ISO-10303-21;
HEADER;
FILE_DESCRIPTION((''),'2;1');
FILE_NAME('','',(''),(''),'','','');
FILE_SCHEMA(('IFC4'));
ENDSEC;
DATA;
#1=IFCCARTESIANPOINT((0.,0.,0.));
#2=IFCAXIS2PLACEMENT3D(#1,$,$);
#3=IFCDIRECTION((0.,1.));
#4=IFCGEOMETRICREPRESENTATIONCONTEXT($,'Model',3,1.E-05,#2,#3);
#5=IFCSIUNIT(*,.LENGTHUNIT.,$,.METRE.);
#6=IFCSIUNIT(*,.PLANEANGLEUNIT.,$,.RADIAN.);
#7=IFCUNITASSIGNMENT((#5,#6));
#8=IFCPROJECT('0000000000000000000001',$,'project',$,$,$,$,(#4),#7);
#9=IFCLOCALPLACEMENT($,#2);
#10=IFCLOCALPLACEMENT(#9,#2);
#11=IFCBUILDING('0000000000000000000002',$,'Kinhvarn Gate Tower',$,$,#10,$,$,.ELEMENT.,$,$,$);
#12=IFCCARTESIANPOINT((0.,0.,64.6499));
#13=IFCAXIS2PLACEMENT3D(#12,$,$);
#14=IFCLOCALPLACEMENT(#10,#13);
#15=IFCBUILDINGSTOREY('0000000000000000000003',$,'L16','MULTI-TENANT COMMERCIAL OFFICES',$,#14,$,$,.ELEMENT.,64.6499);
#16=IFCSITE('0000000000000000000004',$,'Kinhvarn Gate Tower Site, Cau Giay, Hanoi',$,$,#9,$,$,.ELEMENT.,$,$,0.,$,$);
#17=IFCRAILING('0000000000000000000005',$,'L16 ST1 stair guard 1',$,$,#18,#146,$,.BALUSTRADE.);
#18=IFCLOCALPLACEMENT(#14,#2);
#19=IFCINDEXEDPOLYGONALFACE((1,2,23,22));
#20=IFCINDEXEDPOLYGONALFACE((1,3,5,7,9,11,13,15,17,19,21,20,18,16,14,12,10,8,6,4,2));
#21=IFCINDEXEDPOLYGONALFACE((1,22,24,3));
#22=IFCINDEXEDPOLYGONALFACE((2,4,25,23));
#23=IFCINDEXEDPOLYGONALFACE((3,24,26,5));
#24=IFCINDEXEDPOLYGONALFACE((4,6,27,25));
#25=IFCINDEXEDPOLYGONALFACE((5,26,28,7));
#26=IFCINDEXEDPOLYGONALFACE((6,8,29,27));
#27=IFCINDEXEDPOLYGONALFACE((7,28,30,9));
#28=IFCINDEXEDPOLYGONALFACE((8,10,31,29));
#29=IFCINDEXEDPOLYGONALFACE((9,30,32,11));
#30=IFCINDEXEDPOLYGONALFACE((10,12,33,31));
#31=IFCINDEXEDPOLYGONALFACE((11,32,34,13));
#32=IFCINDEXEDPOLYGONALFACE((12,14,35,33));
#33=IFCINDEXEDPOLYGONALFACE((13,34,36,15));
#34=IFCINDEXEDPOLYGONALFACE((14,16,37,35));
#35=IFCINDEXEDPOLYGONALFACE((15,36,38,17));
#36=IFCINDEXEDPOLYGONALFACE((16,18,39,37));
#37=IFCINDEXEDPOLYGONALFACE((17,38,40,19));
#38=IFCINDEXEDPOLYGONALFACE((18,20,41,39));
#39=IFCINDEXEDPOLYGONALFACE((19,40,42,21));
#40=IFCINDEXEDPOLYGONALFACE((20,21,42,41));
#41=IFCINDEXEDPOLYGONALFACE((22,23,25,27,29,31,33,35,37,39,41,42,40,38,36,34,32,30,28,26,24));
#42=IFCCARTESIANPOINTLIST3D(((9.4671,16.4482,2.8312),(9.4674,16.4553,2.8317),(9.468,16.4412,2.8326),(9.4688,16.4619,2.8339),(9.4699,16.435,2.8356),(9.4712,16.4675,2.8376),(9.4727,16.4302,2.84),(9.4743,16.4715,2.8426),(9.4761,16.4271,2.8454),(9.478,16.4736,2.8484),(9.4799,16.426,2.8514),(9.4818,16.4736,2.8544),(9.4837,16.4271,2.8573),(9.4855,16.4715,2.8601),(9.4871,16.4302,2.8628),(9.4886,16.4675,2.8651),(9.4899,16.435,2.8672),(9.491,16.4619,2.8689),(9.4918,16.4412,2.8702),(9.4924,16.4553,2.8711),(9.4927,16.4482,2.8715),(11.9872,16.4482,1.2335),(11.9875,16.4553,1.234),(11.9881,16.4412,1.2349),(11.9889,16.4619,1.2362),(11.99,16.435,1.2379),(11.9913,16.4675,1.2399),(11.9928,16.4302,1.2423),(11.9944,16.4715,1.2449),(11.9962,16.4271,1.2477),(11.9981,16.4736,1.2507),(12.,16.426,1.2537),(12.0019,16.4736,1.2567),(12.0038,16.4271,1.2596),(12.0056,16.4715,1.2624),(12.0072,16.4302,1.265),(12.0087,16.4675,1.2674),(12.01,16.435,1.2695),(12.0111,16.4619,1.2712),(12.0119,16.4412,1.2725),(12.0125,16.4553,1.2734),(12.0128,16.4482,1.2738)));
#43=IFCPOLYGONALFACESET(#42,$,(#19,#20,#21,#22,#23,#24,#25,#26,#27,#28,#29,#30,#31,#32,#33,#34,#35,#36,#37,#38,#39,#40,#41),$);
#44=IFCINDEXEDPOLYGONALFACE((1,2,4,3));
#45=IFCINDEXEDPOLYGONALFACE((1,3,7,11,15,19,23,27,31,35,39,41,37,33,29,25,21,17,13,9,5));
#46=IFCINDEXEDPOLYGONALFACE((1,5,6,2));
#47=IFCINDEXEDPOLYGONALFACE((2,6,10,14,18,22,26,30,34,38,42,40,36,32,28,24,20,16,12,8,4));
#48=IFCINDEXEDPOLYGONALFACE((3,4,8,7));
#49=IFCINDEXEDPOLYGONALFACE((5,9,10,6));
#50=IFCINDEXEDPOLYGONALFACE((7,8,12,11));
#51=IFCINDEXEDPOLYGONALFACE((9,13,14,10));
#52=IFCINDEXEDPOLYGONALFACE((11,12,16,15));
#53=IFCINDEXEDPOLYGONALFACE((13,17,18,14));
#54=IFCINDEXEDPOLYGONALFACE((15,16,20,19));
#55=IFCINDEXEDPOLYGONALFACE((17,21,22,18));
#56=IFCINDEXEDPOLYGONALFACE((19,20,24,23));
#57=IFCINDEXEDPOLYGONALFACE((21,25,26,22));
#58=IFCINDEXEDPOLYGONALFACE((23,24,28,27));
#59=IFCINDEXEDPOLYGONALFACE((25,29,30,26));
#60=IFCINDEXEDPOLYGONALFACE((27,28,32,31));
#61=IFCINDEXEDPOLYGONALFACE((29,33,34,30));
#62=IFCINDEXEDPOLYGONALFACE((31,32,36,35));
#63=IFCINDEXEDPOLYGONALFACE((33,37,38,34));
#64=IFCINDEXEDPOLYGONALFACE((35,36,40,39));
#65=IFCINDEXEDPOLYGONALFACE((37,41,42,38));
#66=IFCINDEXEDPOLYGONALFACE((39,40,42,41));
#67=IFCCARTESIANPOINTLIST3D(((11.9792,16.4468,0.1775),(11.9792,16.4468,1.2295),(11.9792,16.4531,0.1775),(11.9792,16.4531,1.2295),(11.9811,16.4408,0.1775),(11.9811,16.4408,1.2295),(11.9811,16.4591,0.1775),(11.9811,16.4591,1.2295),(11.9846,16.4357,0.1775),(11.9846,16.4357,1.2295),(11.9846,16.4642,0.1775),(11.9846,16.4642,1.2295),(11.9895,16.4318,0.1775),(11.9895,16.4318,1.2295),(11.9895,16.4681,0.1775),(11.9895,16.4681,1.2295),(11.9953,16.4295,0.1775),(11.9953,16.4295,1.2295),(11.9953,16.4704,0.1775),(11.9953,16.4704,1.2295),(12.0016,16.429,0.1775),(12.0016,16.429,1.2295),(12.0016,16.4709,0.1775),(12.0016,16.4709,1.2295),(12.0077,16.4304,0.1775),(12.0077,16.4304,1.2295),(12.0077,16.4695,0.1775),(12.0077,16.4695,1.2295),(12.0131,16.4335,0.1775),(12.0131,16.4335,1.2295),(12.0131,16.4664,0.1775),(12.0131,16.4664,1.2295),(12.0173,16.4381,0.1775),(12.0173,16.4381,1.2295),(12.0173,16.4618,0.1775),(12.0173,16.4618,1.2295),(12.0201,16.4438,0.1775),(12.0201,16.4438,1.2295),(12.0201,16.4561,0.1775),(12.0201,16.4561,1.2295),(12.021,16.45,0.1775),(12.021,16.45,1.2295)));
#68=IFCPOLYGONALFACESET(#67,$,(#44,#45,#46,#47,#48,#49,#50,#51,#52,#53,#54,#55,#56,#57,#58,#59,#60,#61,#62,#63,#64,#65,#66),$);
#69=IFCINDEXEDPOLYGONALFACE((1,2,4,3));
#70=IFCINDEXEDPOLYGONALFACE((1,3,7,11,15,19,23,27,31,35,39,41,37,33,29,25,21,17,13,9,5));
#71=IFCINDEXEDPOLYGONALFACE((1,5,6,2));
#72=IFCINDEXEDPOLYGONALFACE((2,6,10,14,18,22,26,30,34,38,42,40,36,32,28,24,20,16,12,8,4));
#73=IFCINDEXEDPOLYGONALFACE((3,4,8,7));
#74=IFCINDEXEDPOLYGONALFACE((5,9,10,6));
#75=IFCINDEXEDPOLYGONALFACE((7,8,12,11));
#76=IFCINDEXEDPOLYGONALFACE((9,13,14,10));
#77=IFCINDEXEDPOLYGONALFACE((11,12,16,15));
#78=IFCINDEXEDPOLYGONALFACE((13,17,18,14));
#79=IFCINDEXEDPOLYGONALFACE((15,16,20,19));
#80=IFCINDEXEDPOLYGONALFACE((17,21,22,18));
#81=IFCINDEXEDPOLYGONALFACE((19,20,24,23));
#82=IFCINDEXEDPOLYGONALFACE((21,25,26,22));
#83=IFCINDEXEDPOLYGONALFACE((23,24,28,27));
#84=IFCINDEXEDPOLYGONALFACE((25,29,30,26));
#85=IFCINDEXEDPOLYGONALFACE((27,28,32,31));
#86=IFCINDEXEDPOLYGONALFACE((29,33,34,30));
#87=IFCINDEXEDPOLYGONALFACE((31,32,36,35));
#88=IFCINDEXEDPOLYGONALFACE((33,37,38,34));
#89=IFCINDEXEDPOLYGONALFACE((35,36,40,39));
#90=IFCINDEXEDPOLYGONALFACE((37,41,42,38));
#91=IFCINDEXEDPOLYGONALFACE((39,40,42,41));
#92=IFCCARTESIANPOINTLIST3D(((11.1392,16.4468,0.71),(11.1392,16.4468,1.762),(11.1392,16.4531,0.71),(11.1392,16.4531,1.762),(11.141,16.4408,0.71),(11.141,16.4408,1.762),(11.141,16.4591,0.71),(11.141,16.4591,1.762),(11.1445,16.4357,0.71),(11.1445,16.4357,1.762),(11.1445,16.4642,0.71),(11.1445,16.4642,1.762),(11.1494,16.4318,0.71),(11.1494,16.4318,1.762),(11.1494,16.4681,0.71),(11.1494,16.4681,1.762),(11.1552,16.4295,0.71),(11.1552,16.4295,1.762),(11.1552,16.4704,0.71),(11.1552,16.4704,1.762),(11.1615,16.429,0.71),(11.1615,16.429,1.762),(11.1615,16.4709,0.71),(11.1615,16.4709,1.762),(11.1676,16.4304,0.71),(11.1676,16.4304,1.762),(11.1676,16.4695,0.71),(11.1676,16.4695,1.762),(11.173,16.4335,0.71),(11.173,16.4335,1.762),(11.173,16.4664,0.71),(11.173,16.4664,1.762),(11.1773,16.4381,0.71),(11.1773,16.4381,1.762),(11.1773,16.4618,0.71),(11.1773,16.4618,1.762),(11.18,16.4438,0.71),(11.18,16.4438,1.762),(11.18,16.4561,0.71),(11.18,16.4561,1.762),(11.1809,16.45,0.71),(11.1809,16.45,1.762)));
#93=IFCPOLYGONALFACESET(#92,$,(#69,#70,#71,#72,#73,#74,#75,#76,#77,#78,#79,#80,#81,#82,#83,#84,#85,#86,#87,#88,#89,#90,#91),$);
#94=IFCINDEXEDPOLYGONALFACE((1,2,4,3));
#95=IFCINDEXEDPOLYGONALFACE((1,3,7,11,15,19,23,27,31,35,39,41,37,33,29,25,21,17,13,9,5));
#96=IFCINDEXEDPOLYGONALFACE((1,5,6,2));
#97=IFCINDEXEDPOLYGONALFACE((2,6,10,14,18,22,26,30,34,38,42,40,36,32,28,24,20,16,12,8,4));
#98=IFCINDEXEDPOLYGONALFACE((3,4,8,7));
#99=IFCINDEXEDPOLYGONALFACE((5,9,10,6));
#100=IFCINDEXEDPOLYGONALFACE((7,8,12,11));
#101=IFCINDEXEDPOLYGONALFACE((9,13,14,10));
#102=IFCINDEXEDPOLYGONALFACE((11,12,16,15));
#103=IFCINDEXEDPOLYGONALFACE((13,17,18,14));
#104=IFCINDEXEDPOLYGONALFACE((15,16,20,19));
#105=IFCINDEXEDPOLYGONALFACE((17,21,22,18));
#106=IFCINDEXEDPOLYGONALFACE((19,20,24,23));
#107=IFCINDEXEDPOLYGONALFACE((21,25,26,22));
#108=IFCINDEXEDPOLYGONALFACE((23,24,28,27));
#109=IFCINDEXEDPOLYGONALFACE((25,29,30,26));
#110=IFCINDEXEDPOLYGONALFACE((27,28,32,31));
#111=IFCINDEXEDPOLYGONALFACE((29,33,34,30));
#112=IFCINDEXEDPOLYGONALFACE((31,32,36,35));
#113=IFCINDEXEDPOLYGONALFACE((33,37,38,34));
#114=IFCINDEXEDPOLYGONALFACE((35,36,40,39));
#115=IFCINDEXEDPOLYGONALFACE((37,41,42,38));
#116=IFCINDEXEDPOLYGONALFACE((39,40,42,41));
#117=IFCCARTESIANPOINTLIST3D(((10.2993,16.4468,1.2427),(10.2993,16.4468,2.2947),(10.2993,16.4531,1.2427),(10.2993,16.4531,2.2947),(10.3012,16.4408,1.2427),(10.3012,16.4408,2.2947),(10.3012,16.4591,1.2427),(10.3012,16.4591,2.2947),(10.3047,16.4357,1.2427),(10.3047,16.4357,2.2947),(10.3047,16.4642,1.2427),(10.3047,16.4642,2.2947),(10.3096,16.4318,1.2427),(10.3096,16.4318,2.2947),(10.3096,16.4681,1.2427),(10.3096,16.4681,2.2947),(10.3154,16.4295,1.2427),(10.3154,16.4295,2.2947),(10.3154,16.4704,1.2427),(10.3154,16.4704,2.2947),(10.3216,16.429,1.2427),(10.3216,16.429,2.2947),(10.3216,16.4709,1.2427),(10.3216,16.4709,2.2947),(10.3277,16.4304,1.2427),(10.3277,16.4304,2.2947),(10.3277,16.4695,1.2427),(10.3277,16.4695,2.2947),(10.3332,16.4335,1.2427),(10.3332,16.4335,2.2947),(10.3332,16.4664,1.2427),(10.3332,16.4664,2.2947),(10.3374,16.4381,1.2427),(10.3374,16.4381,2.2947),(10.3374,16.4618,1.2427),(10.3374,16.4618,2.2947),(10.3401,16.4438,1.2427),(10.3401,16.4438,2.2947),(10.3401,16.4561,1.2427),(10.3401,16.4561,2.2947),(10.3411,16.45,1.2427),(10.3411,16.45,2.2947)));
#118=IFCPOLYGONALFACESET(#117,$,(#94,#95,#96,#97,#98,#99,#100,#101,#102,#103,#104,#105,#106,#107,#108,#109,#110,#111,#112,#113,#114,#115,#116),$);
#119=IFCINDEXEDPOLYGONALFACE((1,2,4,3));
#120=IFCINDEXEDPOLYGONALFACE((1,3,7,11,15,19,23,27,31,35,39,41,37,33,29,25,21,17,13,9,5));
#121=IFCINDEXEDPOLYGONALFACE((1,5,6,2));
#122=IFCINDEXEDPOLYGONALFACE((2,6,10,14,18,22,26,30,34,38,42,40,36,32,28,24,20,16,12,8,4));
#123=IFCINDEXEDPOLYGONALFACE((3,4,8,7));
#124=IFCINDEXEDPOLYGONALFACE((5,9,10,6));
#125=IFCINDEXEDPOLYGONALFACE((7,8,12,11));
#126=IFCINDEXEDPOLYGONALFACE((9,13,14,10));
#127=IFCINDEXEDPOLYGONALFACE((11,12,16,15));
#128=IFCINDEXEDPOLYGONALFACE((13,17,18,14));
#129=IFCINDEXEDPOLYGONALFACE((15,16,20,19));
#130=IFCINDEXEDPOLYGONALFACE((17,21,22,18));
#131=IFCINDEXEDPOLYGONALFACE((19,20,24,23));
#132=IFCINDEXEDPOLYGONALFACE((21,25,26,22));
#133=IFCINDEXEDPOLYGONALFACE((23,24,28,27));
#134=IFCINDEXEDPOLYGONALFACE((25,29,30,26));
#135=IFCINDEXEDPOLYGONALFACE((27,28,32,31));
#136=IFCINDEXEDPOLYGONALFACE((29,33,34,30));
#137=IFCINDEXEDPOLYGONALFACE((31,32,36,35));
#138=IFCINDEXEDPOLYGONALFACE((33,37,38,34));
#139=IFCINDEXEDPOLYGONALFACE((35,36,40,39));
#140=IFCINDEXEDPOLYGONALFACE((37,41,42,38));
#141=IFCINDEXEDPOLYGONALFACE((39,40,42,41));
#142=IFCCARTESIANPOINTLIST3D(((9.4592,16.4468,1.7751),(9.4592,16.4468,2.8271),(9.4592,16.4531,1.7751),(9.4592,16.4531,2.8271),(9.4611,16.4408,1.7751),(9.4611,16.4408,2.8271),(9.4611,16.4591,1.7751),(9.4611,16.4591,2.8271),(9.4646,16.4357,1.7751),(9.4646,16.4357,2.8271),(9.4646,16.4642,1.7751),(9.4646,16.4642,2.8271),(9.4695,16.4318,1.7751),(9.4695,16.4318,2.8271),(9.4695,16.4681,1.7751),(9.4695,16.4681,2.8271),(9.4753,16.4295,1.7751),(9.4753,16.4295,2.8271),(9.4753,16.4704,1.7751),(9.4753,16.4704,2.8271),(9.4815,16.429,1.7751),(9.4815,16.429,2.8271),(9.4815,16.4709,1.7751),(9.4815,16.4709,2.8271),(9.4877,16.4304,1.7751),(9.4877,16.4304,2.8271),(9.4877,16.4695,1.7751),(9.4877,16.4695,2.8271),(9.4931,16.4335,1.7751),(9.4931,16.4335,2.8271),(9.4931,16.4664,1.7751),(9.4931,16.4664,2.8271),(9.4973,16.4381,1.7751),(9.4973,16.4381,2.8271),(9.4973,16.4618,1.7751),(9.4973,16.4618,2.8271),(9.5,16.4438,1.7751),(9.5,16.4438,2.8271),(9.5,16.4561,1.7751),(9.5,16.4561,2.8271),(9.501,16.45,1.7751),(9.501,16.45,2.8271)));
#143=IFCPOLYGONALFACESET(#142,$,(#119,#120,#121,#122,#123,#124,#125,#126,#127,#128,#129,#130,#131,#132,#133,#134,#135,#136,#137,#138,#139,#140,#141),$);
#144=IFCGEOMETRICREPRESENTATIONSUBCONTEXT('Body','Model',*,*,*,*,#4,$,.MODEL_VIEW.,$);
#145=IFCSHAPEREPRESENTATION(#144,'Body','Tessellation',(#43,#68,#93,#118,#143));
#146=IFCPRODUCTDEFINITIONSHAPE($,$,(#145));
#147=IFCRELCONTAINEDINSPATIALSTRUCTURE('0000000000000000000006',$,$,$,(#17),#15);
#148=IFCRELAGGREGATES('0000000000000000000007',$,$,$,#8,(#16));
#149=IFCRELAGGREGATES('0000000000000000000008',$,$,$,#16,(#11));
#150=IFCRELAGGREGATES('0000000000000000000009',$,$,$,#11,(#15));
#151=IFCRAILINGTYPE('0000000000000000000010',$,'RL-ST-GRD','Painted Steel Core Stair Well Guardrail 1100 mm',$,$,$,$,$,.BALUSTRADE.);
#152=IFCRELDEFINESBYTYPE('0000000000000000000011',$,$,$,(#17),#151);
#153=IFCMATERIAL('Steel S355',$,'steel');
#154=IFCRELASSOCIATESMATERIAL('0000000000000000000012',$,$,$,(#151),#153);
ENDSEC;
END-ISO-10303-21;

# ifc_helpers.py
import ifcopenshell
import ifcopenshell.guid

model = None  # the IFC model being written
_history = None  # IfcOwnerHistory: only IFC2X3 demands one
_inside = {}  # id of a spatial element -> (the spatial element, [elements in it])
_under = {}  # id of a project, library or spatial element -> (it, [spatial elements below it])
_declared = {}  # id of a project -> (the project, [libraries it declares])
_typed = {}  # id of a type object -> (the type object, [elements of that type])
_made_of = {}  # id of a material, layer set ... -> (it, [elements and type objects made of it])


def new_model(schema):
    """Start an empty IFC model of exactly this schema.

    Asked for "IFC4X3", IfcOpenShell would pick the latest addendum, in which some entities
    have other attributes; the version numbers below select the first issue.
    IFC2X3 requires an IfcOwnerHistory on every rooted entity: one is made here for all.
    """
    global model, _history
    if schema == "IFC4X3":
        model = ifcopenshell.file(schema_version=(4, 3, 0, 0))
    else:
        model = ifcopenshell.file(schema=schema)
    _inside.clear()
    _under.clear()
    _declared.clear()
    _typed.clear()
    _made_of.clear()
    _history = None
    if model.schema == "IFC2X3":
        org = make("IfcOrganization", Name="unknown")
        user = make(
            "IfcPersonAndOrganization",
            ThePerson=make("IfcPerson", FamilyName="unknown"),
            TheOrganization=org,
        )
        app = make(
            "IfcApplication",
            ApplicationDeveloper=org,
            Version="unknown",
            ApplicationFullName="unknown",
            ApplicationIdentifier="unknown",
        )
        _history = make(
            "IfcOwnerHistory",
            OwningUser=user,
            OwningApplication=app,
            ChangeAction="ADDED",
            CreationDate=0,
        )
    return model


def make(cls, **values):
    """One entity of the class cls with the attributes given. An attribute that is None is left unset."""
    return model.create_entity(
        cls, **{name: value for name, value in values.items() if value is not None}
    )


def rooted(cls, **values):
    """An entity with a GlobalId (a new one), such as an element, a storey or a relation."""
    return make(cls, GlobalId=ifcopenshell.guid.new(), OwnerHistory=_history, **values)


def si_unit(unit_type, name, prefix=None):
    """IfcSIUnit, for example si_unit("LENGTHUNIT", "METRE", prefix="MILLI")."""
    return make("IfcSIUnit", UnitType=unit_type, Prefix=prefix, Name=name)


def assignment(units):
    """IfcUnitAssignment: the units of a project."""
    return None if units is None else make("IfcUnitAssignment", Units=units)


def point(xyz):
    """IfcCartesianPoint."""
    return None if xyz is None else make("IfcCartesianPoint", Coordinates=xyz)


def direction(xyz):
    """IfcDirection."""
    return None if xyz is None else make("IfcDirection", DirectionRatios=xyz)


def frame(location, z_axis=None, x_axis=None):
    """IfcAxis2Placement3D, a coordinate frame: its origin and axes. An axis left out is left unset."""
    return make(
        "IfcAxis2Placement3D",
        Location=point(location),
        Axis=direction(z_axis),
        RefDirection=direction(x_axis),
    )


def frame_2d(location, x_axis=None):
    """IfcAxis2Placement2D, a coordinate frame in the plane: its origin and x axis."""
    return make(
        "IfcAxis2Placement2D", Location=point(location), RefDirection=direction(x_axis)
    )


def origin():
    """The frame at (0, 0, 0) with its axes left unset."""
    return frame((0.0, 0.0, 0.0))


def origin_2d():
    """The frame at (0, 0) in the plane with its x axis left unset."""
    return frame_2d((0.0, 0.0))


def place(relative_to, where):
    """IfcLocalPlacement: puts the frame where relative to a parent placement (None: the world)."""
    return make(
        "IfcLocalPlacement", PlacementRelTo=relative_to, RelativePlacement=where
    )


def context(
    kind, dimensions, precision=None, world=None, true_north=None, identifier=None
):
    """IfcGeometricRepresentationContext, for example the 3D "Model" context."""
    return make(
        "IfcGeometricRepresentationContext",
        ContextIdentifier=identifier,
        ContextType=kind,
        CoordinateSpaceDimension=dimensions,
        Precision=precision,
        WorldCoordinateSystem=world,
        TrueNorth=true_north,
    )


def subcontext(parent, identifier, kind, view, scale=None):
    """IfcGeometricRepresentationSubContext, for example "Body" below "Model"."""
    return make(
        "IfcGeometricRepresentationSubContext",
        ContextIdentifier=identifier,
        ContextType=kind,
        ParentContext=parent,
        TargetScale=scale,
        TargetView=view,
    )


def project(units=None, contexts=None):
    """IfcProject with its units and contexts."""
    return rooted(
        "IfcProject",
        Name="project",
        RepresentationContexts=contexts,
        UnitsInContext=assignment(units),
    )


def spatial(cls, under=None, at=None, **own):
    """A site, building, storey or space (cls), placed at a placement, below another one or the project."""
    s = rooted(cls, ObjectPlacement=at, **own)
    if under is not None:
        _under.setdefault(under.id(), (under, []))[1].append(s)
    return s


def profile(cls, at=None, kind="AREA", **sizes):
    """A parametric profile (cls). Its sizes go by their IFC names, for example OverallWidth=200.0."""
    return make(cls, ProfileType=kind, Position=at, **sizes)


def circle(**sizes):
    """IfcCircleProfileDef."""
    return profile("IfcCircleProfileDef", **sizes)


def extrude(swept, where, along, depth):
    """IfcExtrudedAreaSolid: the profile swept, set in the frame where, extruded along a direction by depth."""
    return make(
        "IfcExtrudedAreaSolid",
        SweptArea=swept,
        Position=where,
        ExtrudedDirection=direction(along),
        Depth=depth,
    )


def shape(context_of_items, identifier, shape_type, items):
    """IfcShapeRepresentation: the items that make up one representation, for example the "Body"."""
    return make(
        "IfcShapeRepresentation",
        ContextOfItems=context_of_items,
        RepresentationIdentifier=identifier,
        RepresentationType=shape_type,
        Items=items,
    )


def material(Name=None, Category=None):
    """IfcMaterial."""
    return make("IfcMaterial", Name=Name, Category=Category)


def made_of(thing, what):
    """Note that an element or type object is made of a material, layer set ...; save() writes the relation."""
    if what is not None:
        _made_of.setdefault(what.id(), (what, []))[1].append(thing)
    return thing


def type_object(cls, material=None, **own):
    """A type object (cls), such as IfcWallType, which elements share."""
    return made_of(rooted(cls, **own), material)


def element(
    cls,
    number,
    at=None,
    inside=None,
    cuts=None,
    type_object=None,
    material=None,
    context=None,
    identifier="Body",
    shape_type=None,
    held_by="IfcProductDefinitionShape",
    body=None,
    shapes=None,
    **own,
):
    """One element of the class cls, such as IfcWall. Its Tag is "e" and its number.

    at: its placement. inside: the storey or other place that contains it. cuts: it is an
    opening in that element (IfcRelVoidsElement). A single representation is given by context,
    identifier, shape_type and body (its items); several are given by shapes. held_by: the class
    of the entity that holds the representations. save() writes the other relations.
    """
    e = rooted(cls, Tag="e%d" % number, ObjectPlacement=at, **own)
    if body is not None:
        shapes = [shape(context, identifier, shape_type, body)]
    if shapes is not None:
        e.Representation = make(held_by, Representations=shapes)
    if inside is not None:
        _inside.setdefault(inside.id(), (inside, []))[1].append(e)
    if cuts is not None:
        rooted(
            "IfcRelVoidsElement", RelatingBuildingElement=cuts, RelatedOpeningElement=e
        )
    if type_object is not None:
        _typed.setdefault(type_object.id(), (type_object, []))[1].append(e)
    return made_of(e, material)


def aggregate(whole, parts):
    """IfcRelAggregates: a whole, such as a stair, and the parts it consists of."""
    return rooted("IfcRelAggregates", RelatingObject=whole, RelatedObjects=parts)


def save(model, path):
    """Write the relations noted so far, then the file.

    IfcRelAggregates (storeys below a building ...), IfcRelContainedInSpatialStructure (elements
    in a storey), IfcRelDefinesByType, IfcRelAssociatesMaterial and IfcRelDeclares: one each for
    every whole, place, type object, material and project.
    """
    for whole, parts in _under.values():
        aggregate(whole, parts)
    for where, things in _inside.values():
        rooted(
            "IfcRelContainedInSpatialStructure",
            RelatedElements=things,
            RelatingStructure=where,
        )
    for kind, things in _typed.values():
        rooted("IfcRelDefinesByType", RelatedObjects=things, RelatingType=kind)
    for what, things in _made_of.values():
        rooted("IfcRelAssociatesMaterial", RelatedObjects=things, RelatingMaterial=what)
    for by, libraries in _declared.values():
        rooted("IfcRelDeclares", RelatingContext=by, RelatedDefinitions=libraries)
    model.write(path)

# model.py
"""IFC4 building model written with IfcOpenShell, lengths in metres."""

from ifc_helpers import new_model, si_unit, direction, frame, origin, origin_2d, place, context, subcontext, project, spatial, circle, extrude, material, type_object, element, save


model = new_model("IFC4")

# Units and contexts
model_context = context("Model", 3, precision=1e-05, world=origin(), true_north=direction((0.0, 1.0)))
body_context = subcontext(model_context, "Body", "Model", "MODEL_VIEW")
ifc_project = project(units=[si_unit("LENGTHUNIT", "METRE"), si_unit("PLANEANGLEUNIT", "RADIAN")], contexts=[model_context])

# Site, building, storey
site_placement = place(None, origin())
site = spatial("IfcSite", under=ifc_project, at=site_placement, Name="Kinhvarn Gate Tower Site, Cau Giay, Hanoi", CompositionType="ELEMENT", RefElevation=0.0)
building_placement = place(site_placement, origin())
building = spatial("IfcBuilding", under=site, at=building_placement, Name="Kinhvarn Gate Tower", CompositionType="ELEMENT")
storey_placement = place(building_placement, frame((0.0, 0.0, 64.6499)))
storey = spatial("IfcBuildingStorey", under=building, at=storey_placement, Name="L16", Description="MULTI-TENANT COMMERCIAL OFFICES", CompositionType="ELEMENT", Elevation=64.6499)

# Shared definitions
ifc_material_1 = material(Name="Steel S355", Category="steel")

# Railing
railing_type_1 = type_object("IfcRailingType", Name="RL-ST-GRD", Description="Painted Steel Core Stair Well Guardrail 1100 mm", PredefinedType="BALUSTRADE", material=ifc_material_1)
railing_1_placement = place(storey_placement, frame((12.0, 16.45, 0.1775)))
element("IfcRailing", 1, at=railing_1_placement, inside=storey, type_object=railing_type_1, Name="L16 ST1 stair guard 1", PredefinedType="BALUSTRADE", context=body_context, shape_type="SweptSolid", body=[
    extrude(circle(Radius=0.0239, at=origin_2d()), frame((0.0, 0.0, 1.0762), z_axis=(-0.84457, 0.0, 0.535445), x_axis=(0.0, -1.0, 0.0)), (0.0, 0.0, 1.0), 2.9839),
    extrude(circle(Radius=0.021, at=origin_2d()), origin(), (0.0, 0.0, 1.0), 1.052),
    extrude(circle(Radius=0.021, at=origin_2d()), frame((-0.8401, 0.0, 0.5325)), (0.0, 0.0, 1.0), 1.052),
    extrude(circle(Radius=0.021, at=origin_2d()), frame((-1.6799, 0.0, 1.0652)), (0.0, 0.0, 1.0), 1.052),
    extrude(circle(Radius=0.021, at=origin_2d()), frame((-2.52, 0.0, 1.5977)), (0.0, 0.0, 1.0), 1.052),
])

save(model, "model.ifc")
